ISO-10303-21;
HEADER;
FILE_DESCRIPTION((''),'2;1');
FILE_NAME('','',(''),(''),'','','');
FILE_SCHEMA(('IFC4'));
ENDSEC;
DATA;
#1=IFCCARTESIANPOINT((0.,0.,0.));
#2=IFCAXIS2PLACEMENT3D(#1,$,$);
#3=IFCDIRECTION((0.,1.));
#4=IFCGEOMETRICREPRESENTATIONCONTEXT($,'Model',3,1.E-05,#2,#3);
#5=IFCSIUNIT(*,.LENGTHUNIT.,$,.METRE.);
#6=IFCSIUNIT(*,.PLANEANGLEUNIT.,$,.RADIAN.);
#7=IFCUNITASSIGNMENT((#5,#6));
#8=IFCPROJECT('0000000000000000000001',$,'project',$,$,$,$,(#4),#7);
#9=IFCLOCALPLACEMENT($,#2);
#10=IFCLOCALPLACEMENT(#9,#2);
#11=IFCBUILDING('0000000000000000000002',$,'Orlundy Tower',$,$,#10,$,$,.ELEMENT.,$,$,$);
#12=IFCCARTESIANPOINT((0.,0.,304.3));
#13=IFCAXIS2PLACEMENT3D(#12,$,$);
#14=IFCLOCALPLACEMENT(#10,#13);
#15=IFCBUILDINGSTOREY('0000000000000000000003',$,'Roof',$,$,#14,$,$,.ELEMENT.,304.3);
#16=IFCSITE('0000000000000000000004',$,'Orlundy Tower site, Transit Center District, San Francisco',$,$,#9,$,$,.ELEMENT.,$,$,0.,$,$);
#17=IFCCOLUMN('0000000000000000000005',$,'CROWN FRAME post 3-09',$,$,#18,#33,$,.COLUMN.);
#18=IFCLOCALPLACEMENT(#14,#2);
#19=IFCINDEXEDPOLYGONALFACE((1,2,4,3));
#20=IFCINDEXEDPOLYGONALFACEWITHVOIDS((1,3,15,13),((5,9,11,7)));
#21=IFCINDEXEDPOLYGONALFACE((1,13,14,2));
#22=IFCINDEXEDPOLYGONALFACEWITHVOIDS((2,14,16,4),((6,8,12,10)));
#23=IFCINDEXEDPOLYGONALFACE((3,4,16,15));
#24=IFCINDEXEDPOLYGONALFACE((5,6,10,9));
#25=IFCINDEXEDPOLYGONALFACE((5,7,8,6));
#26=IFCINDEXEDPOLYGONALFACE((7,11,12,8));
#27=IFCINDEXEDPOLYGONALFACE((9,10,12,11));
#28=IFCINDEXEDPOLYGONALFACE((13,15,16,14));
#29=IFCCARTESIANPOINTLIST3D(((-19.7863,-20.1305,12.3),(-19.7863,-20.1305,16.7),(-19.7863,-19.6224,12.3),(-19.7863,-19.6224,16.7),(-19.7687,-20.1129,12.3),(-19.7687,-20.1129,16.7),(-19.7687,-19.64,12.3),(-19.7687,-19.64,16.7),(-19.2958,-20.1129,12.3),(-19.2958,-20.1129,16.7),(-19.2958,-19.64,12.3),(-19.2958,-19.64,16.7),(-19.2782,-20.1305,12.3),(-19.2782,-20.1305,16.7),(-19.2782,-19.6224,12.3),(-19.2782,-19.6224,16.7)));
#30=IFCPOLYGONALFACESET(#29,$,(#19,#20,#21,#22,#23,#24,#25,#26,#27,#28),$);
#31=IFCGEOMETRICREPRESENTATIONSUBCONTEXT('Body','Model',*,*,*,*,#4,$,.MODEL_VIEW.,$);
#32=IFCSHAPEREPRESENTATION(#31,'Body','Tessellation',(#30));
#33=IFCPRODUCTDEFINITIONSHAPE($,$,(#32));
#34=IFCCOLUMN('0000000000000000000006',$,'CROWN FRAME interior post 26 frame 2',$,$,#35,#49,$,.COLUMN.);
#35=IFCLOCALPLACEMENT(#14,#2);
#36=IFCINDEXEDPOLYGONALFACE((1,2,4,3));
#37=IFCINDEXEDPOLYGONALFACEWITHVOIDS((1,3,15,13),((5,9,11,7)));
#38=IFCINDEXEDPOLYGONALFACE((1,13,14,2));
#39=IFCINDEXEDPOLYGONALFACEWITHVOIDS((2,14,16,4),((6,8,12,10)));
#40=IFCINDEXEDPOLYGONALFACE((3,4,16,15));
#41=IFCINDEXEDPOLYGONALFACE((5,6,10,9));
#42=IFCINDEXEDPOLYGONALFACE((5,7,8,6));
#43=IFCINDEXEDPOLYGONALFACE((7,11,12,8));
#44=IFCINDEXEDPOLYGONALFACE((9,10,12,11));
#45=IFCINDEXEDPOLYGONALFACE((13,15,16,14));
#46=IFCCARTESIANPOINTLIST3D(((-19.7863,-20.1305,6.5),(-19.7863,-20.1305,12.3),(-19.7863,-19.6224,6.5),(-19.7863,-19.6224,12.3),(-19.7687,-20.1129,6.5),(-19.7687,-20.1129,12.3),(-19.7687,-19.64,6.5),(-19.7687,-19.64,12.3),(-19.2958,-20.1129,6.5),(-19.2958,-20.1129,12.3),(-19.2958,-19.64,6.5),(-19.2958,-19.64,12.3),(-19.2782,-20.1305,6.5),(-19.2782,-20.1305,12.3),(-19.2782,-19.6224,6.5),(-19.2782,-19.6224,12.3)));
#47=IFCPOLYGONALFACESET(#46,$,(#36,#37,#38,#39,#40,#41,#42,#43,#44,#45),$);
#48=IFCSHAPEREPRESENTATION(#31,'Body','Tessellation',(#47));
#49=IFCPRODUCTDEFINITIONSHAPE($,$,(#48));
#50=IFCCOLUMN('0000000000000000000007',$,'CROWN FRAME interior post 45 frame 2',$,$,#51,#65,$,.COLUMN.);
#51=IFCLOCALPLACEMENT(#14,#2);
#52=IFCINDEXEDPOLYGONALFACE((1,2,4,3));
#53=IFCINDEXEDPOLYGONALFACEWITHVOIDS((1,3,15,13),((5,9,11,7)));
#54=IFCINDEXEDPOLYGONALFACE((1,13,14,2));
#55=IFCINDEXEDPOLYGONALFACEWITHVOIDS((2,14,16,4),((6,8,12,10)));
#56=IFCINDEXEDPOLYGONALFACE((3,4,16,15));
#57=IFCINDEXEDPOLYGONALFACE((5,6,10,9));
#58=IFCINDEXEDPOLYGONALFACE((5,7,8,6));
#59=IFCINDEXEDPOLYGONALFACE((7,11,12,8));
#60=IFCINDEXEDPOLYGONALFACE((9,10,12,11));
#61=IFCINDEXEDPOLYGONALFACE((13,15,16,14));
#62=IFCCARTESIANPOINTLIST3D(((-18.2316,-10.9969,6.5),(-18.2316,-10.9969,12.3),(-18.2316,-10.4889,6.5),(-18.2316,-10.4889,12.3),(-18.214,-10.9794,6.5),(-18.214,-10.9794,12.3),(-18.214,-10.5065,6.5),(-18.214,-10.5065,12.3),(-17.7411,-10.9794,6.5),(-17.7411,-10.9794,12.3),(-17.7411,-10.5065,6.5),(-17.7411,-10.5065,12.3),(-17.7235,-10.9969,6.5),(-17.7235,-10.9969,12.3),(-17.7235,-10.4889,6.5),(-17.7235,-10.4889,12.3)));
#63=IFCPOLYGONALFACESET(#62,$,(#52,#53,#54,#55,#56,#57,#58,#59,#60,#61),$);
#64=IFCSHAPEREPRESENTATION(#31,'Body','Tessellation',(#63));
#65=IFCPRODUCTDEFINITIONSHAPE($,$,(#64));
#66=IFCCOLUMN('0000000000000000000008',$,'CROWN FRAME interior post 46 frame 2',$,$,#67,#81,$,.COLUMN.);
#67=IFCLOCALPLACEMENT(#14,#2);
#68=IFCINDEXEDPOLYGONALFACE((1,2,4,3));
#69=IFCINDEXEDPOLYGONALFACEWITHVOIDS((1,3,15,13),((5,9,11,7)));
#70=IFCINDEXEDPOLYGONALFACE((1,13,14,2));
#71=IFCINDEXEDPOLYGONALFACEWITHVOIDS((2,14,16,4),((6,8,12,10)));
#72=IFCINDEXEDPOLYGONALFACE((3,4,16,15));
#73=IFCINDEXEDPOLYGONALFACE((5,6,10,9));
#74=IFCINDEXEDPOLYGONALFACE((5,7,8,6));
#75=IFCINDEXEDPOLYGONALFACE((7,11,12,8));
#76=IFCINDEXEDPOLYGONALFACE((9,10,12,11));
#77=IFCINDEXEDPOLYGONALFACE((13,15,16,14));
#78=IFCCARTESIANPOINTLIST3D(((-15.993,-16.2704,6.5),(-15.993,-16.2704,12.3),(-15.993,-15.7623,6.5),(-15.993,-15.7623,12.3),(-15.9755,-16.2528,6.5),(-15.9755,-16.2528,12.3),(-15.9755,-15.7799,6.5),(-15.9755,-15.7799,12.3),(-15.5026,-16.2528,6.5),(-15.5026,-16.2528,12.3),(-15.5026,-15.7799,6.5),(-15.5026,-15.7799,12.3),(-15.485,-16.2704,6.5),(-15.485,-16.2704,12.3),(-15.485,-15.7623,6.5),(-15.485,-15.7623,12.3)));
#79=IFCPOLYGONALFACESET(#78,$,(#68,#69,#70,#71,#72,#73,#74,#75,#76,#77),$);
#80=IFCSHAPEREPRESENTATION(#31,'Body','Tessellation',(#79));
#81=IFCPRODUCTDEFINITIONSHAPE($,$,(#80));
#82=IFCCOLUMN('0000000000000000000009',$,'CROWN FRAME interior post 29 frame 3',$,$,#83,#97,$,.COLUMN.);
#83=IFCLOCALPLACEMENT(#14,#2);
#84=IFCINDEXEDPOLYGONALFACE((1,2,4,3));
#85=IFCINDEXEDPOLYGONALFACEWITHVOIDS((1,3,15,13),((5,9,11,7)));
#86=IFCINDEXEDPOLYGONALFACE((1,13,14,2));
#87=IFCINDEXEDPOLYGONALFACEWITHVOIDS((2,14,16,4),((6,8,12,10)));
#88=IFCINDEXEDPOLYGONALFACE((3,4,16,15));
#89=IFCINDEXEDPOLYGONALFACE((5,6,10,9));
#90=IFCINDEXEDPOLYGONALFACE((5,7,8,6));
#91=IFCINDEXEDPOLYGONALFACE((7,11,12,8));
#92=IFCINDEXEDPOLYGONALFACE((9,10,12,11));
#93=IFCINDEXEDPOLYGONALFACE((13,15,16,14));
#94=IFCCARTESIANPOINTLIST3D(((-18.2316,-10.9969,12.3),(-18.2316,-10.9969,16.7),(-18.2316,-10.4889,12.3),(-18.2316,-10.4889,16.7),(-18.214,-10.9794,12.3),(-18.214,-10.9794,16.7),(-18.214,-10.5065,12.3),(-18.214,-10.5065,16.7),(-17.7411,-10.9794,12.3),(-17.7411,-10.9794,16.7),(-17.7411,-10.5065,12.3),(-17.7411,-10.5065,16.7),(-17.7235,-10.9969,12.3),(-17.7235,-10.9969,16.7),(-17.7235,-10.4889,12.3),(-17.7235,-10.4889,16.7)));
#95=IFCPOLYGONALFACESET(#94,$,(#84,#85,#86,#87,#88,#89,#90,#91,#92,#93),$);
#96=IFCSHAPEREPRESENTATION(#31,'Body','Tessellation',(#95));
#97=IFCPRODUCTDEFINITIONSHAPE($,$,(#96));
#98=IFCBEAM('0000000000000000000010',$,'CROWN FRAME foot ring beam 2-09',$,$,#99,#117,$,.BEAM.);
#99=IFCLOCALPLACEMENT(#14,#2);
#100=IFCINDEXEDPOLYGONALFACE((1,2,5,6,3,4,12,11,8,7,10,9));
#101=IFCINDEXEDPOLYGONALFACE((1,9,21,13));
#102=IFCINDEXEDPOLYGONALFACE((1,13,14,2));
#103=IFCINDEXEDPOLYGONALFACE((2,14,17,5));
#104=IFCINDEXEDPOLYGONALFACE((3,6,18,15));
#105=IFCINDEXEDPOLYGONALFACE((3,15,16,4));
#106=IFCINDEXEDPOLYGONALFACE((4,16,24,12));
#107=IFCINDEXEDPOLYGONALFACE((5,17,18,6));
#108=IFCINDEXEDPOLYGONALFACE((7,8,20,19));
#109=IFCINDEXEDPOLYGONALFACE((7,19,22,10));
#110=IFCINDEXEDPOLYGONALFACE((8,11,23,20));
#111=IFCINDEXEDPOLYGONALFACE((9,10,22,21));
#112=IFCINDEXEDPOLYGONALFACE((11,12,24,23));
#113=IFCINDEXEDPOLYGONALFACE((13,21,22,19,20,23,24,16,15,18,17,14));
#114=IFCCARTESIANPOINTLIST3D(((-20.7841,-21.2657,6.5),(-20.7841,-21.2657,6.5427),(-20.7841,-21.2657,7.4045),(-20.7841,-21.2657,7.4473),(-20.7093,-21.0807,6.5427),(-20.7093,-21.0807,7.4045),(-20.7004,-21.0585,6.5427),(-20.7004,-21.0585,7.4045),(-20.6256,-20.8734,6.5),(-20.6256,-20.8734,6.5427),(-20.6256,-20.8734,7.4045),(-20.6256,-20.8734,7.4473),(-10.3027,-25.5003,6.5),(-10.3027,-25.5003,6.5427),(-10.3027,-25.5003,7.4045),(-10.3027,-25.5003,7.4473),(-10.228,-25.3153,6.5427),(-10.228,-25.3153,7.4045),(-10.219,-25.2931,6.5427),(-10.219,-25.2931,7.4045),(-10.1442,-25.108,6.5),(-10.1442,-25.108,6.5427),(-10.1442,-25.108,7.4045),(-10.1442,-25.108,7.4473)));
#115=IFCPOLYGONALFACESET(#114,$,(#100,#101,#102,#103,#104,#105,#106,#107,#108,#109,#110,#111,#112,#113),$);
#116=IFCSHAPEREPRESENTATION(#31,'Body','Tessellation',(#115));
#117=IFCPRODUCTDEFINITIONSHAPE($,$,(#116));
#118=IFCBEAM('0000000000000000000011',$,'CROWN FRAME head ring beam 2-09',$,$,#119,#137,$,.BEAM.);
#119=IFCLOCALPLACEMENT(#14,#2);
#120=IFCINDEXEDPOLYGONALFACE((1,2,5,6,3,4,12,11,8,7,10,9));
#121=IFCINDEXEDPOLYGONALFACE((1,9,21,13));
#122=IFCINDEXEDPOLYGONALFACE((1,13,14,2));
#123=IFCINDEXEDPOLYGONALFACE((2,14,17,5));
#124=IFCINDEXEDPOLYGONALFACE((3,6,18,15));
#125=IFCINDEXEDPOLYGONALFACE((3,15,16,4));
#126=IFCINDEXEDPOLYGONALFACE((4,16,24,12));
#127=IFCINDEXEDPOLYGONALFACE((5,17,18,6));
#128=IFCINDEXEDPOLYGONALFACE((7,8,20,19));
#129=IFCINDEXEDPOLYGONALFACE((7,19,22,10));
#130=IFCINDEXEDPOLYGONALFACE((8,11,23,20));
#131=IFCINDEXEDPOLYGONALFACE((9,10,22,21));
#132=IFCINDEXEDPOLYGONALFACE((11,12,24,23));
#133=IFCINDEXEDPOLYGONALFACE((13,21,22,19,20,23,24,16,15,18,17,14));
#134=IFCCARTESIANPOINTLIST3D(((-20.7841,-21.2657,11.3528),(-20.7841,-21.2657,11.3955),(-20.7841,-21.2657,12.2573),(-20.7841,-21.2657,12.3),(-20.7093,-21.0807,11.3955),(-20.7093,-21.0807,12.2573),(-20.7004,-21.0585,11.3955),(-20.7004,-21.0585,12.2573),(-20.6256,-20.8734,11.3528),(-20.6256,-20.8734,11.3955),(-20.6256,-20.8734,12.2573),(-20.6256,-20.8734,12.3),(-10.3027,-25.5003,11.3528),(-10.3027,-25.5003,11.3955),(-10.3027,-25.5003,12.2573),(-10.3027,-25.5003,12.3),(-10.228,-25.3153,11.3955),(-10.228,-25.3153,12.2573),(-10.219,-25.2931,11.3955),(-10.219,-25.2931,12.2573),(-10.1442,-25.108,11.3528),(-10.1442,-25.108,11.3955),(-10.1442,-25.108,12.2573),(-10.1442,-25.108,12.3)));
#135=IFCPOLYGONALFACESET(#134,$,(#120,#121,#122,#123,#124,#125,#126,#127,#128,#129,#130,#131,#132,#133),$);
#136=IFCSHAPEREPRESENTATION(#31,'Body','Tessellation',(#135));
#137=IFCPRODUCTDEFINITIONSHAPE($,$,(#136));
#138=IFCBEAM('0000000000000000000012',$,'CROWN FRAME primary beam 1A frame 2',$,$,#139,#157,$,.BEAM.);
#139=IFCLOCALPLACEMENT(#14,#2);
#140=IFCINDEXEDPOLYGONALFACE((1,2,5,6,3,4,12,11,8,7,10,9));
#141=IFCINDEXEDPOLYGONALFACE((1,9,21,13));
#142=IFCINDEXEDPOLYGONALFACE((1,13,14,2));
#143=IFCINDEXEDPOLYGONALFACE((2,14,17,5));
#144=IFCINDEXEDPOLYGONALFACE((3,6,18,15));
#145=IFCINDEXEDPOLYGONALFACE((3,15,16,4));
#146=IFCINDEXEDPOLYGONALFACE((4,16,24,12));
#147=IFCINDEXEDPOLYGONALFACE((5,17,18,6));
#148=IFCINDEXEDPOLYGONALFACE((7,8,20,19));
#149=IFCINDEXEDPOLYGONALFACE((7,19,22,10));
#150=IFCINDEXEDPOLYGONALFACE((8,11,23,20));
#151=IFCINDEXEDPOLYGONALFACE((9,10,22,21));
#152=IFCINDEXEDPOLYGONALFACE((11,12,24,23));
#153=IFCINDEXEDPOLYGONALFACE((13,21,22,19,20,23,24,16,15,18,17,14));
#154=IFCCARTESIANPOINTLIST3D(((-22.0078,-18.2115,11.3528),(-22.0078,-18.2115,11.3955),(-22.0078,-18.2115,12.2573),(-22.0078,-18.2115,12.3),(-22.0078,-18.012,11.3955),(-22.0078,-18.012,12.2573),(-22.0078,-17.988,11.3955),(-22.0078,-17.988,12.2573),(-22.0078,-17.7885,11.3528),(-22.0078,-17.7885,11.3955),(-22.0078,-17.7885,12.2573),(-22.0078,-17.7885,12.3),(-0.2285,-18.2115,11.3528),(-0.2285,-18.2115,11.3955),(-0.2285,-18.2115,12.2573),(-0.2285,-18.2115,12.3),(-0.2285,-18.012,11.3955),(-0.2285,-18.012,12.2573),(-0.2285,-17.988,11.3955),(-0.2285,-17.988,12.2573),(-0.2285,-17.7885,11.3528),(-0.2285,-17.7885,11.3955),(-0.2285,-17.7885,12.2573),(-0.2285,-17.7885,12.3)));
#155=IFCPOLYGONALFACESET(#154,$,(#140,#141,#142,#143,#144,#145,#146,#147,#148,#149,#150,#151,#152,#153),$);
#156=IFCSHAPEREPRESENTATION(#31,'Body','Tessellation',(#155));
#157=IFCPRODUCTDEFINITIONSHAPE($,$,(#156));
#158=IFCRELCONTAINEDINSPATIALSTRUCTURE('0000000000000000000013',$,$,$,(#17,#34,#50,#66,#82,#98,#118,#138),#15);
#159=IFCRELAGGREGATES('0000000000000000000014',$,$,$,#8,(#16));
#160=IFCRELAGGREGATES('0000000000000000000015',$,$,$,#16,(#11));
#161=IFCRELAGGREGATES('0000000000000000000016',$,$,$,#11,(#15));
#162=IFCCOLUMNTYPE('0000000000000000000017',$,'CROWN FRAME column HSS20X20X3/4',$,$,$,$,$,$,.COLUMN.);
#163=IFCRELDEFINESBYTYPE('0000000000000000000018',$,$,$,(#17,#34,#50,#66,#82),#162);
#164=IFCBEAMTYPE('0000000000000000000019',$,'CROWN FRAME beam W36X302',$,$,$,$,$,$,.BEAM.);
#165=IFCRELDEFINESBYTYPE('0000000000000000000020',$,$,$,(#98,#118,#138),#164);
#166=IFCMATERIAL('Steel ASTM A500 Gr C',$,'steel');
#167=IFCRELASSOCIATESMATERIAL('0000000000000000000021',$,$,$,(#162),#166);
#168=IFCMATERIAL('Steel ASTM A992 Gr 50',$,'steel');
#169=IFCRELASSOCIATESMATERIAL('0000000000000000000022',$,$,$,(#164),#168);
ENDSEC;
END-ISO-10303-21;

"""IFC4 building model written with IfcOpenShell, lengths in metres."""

from ifc_helpers import new_model, si_unit, direction, frame, origin, origin_2d, place, context, subcontext, project, spatial, hollow_rectangle, i_section, extrude, material, material_profile, profile_set, type_object, element, save


model = new_model("IFC4")

# Units and contexts
model_context = context("Model", 3, precision=1e-05, world=origin(), true_north=direction((0.0, 1.0)))
body_context = subcontext(model_context, "Body", "Model", "MODEL_VIEW")
ifc_project = project(units=[si_unit("LENGTHUNIT", "METRE"), si_unit("PLANEANGLEUNIT", "RADIAN")], contexts=[model_context])

# Site, building, storey
site_placement = place(None, origin())
site = spatial("IfcSite", under=ifc_project, at=site_placement, Name="Orlundy Tower site, Transit Center District, San Francisco", CompositionType="ELEMENT", RefElevation=0.0)
building_placement = place(site_placement, origin())
building = spatial("IfcBuilding", under=site, at=building_placement, Name="Orlundy Tower", CompositionType="ELEMENT")
storey_placement = place(building_placement, frame((0.0, 0.0, 304.3)))
storey = spatial("IfcBuildingStorey", under=building, at=storey_placement, Name="Roof", CompositionType="ELEMENT", Elevation=304.3)

# Columns
ifc_material_1 = material(Name="Steel ASTM A500 Gr C", Category="steel")
ifc_material_profile_1 = material_profile(ifc_material_1, hollow_rectangle(XDim=0.5081, YDim=0.5081, WallThickness=0.0176, at=origin_2d()), Name="HSS20X20X3/4")
ifc_profile_set_1 = profile_set([ifc_material_profile_1], Name="Steel ASTM A500 Gr C")
column_type = type_object("IfcColumnType", Name="CROWN FRAME column HSS20X20X3/4", PredefinedType="COLUMN", material=ifc_profile_set_1)
column_1_placement = place(storey_placement, frame((-19.5322, -19.8765, 12.3), z_axis=(0.0, 0.0, 1.0), x_axis=(1.0, 0.0, 0.0)))
element("IfcColumn", 1, at=column_1_placement, inside=storey, type_object=column_type, Name="CROWN FRAME post 3-09", PredefinedType="COLUMN", context=body_context, shape_type="SweptSolid", body=[
    extrude(hollow_rectangle(XDim=0.5081, YDim=0.5081, WallThickness=0.0176, at=origin_2d()), origin(), (0.0, 0.0, 1.0), 4.3999),
])
for number, where, z_axis, x_axis, name in (
    (2, (-19.5322, -19.8765, 6.5), (0.0, 0.0, 1.0), (1.0, 0.0, 0.0), "CROWN FRAME interior post 26 frame 2"),
    (3, (-17.9775, -10.7429, 6.5), (0.0, 0.0, 1.0), (1.0, 0.0, 0.0), "CROWN FRAME interior post 45 frame 2"),
    (4, (-15.739, -16.0164, 6.5), (0.0, 0.0, 1.0), (1.0, 0.0, 0.0), "CROWN FRAME interior post 46 frame 2"),
):
    element("IfcColumn", number, at=place(storey_placement, frame(where, z_axis=z_axis, x_axis=x_axis)), inside=storey, type_object=column_type, Name=name, PredefinedType="COLUMN", context=body_context, shape_type="SweptSolid", body=[
        extrude(hollow_rectangle(XDim=0.5081, YDim=0.5081, WallThickness=0.0176, at=origin_2d()), origin(), (0.0, 0.0, 1.0), 5.8),
    ])
column_2_placement = place(storey_placement, frame((-17.9775, -10.7429, 12.3), z_axis=(0.0, 0.0, 1.0), x_axis=(1.0, 0.0, 0.0)))
element("IfcColumn", 5, at=column_2_placement, inside=storey, type_object=column_type, Name="CROWN FRAME interior post 29 frame 3", PredefinedType="COLUMN", context=body_context, shape_type="SweptSolid", body=[
    extrude(hollow_rectangle(XDim=0.5081, YDim=0.5081, WallThickness=0.0176, at=origin_2d()), origin(), (0.0, 0.0, 1.0), 4.3999),
])

# Beams
ifc_material_2 = material(Name="Steel ASTM A992 Gr 50", Category="steel")
ifc_material_profile_2 = material_profile(ifc_material_2, i_section(OverallWidth=0.4231, OverallDepth=0.9473, WebThickness=0.0239, FlangeThickness=0.0427, at=origin_2d()), Name="W36X302")
ifc_profile_set_2 = profile_set([ifc_material_profile_2], Name="Steel ASTM A992 Gr 50")
beam_type = type_object("IfcBeamType", Name="CROWN FRAME beam W36X302", PredefinedType="BEAM", material=ifc_profile_set_2)
for number, where, z_axis, x_axis, name in (
    (6, (-20.7048, -21.0696, 6.9736), (0.927189, -0.374594, 0.0), (0.374594, 0.927189, 0.0), "CROWN FRAME foot ring beam 2-09"),
    (7, (-20.7048, -21.0696, 11.8264), (0.927189, -0.374594, 0.0), (0.374594, 0.927189, 0.0), "CROWN FRAME head ring beam 2-09"),
):
    element("IfcBeam", number, at=place(storey_placement, frame(where, z_axis=z_axis, x_axis=x_axis)), inside=storey, type_object=beam_type, Name=name, PredefinedType="BEAM", context=body_context, shape_type="SweptSolid", body=[
        extrude(i_section(OverallWidth=0.4231, OverallDepth=0.9473, WebThickness=0.0239, FlangeThickness=0.0427, at=origin_2d()), origin(), (0.0, 0.0, 1.0), 11.3044),
    ])
beam_placement = place(storey_placement, frame((-22.0078, -18.0, 11.8264), z_axis=(1.0, 0.0, 0.0), x_axis=(0.0, 1.0, 0.0)))
element("IfcBeam", 8, at=beam_placement, inside=storey, type_object=beam_type, Name="CROWN FRAME primary beam 1A frame 2", PredefinedType="BEAM", context=body_context, shape_type="SweptSolid", body=[
    extrude(i_section(OverallWidth=0.4231, OverallDepth=0.9473, WebThickness=0.0239, FlangeThickness=0.0427, at=origin_2d()), origin(), (0.0, 0.0, 1.0), 21.7793),
])

save(model, "model.ifc")
